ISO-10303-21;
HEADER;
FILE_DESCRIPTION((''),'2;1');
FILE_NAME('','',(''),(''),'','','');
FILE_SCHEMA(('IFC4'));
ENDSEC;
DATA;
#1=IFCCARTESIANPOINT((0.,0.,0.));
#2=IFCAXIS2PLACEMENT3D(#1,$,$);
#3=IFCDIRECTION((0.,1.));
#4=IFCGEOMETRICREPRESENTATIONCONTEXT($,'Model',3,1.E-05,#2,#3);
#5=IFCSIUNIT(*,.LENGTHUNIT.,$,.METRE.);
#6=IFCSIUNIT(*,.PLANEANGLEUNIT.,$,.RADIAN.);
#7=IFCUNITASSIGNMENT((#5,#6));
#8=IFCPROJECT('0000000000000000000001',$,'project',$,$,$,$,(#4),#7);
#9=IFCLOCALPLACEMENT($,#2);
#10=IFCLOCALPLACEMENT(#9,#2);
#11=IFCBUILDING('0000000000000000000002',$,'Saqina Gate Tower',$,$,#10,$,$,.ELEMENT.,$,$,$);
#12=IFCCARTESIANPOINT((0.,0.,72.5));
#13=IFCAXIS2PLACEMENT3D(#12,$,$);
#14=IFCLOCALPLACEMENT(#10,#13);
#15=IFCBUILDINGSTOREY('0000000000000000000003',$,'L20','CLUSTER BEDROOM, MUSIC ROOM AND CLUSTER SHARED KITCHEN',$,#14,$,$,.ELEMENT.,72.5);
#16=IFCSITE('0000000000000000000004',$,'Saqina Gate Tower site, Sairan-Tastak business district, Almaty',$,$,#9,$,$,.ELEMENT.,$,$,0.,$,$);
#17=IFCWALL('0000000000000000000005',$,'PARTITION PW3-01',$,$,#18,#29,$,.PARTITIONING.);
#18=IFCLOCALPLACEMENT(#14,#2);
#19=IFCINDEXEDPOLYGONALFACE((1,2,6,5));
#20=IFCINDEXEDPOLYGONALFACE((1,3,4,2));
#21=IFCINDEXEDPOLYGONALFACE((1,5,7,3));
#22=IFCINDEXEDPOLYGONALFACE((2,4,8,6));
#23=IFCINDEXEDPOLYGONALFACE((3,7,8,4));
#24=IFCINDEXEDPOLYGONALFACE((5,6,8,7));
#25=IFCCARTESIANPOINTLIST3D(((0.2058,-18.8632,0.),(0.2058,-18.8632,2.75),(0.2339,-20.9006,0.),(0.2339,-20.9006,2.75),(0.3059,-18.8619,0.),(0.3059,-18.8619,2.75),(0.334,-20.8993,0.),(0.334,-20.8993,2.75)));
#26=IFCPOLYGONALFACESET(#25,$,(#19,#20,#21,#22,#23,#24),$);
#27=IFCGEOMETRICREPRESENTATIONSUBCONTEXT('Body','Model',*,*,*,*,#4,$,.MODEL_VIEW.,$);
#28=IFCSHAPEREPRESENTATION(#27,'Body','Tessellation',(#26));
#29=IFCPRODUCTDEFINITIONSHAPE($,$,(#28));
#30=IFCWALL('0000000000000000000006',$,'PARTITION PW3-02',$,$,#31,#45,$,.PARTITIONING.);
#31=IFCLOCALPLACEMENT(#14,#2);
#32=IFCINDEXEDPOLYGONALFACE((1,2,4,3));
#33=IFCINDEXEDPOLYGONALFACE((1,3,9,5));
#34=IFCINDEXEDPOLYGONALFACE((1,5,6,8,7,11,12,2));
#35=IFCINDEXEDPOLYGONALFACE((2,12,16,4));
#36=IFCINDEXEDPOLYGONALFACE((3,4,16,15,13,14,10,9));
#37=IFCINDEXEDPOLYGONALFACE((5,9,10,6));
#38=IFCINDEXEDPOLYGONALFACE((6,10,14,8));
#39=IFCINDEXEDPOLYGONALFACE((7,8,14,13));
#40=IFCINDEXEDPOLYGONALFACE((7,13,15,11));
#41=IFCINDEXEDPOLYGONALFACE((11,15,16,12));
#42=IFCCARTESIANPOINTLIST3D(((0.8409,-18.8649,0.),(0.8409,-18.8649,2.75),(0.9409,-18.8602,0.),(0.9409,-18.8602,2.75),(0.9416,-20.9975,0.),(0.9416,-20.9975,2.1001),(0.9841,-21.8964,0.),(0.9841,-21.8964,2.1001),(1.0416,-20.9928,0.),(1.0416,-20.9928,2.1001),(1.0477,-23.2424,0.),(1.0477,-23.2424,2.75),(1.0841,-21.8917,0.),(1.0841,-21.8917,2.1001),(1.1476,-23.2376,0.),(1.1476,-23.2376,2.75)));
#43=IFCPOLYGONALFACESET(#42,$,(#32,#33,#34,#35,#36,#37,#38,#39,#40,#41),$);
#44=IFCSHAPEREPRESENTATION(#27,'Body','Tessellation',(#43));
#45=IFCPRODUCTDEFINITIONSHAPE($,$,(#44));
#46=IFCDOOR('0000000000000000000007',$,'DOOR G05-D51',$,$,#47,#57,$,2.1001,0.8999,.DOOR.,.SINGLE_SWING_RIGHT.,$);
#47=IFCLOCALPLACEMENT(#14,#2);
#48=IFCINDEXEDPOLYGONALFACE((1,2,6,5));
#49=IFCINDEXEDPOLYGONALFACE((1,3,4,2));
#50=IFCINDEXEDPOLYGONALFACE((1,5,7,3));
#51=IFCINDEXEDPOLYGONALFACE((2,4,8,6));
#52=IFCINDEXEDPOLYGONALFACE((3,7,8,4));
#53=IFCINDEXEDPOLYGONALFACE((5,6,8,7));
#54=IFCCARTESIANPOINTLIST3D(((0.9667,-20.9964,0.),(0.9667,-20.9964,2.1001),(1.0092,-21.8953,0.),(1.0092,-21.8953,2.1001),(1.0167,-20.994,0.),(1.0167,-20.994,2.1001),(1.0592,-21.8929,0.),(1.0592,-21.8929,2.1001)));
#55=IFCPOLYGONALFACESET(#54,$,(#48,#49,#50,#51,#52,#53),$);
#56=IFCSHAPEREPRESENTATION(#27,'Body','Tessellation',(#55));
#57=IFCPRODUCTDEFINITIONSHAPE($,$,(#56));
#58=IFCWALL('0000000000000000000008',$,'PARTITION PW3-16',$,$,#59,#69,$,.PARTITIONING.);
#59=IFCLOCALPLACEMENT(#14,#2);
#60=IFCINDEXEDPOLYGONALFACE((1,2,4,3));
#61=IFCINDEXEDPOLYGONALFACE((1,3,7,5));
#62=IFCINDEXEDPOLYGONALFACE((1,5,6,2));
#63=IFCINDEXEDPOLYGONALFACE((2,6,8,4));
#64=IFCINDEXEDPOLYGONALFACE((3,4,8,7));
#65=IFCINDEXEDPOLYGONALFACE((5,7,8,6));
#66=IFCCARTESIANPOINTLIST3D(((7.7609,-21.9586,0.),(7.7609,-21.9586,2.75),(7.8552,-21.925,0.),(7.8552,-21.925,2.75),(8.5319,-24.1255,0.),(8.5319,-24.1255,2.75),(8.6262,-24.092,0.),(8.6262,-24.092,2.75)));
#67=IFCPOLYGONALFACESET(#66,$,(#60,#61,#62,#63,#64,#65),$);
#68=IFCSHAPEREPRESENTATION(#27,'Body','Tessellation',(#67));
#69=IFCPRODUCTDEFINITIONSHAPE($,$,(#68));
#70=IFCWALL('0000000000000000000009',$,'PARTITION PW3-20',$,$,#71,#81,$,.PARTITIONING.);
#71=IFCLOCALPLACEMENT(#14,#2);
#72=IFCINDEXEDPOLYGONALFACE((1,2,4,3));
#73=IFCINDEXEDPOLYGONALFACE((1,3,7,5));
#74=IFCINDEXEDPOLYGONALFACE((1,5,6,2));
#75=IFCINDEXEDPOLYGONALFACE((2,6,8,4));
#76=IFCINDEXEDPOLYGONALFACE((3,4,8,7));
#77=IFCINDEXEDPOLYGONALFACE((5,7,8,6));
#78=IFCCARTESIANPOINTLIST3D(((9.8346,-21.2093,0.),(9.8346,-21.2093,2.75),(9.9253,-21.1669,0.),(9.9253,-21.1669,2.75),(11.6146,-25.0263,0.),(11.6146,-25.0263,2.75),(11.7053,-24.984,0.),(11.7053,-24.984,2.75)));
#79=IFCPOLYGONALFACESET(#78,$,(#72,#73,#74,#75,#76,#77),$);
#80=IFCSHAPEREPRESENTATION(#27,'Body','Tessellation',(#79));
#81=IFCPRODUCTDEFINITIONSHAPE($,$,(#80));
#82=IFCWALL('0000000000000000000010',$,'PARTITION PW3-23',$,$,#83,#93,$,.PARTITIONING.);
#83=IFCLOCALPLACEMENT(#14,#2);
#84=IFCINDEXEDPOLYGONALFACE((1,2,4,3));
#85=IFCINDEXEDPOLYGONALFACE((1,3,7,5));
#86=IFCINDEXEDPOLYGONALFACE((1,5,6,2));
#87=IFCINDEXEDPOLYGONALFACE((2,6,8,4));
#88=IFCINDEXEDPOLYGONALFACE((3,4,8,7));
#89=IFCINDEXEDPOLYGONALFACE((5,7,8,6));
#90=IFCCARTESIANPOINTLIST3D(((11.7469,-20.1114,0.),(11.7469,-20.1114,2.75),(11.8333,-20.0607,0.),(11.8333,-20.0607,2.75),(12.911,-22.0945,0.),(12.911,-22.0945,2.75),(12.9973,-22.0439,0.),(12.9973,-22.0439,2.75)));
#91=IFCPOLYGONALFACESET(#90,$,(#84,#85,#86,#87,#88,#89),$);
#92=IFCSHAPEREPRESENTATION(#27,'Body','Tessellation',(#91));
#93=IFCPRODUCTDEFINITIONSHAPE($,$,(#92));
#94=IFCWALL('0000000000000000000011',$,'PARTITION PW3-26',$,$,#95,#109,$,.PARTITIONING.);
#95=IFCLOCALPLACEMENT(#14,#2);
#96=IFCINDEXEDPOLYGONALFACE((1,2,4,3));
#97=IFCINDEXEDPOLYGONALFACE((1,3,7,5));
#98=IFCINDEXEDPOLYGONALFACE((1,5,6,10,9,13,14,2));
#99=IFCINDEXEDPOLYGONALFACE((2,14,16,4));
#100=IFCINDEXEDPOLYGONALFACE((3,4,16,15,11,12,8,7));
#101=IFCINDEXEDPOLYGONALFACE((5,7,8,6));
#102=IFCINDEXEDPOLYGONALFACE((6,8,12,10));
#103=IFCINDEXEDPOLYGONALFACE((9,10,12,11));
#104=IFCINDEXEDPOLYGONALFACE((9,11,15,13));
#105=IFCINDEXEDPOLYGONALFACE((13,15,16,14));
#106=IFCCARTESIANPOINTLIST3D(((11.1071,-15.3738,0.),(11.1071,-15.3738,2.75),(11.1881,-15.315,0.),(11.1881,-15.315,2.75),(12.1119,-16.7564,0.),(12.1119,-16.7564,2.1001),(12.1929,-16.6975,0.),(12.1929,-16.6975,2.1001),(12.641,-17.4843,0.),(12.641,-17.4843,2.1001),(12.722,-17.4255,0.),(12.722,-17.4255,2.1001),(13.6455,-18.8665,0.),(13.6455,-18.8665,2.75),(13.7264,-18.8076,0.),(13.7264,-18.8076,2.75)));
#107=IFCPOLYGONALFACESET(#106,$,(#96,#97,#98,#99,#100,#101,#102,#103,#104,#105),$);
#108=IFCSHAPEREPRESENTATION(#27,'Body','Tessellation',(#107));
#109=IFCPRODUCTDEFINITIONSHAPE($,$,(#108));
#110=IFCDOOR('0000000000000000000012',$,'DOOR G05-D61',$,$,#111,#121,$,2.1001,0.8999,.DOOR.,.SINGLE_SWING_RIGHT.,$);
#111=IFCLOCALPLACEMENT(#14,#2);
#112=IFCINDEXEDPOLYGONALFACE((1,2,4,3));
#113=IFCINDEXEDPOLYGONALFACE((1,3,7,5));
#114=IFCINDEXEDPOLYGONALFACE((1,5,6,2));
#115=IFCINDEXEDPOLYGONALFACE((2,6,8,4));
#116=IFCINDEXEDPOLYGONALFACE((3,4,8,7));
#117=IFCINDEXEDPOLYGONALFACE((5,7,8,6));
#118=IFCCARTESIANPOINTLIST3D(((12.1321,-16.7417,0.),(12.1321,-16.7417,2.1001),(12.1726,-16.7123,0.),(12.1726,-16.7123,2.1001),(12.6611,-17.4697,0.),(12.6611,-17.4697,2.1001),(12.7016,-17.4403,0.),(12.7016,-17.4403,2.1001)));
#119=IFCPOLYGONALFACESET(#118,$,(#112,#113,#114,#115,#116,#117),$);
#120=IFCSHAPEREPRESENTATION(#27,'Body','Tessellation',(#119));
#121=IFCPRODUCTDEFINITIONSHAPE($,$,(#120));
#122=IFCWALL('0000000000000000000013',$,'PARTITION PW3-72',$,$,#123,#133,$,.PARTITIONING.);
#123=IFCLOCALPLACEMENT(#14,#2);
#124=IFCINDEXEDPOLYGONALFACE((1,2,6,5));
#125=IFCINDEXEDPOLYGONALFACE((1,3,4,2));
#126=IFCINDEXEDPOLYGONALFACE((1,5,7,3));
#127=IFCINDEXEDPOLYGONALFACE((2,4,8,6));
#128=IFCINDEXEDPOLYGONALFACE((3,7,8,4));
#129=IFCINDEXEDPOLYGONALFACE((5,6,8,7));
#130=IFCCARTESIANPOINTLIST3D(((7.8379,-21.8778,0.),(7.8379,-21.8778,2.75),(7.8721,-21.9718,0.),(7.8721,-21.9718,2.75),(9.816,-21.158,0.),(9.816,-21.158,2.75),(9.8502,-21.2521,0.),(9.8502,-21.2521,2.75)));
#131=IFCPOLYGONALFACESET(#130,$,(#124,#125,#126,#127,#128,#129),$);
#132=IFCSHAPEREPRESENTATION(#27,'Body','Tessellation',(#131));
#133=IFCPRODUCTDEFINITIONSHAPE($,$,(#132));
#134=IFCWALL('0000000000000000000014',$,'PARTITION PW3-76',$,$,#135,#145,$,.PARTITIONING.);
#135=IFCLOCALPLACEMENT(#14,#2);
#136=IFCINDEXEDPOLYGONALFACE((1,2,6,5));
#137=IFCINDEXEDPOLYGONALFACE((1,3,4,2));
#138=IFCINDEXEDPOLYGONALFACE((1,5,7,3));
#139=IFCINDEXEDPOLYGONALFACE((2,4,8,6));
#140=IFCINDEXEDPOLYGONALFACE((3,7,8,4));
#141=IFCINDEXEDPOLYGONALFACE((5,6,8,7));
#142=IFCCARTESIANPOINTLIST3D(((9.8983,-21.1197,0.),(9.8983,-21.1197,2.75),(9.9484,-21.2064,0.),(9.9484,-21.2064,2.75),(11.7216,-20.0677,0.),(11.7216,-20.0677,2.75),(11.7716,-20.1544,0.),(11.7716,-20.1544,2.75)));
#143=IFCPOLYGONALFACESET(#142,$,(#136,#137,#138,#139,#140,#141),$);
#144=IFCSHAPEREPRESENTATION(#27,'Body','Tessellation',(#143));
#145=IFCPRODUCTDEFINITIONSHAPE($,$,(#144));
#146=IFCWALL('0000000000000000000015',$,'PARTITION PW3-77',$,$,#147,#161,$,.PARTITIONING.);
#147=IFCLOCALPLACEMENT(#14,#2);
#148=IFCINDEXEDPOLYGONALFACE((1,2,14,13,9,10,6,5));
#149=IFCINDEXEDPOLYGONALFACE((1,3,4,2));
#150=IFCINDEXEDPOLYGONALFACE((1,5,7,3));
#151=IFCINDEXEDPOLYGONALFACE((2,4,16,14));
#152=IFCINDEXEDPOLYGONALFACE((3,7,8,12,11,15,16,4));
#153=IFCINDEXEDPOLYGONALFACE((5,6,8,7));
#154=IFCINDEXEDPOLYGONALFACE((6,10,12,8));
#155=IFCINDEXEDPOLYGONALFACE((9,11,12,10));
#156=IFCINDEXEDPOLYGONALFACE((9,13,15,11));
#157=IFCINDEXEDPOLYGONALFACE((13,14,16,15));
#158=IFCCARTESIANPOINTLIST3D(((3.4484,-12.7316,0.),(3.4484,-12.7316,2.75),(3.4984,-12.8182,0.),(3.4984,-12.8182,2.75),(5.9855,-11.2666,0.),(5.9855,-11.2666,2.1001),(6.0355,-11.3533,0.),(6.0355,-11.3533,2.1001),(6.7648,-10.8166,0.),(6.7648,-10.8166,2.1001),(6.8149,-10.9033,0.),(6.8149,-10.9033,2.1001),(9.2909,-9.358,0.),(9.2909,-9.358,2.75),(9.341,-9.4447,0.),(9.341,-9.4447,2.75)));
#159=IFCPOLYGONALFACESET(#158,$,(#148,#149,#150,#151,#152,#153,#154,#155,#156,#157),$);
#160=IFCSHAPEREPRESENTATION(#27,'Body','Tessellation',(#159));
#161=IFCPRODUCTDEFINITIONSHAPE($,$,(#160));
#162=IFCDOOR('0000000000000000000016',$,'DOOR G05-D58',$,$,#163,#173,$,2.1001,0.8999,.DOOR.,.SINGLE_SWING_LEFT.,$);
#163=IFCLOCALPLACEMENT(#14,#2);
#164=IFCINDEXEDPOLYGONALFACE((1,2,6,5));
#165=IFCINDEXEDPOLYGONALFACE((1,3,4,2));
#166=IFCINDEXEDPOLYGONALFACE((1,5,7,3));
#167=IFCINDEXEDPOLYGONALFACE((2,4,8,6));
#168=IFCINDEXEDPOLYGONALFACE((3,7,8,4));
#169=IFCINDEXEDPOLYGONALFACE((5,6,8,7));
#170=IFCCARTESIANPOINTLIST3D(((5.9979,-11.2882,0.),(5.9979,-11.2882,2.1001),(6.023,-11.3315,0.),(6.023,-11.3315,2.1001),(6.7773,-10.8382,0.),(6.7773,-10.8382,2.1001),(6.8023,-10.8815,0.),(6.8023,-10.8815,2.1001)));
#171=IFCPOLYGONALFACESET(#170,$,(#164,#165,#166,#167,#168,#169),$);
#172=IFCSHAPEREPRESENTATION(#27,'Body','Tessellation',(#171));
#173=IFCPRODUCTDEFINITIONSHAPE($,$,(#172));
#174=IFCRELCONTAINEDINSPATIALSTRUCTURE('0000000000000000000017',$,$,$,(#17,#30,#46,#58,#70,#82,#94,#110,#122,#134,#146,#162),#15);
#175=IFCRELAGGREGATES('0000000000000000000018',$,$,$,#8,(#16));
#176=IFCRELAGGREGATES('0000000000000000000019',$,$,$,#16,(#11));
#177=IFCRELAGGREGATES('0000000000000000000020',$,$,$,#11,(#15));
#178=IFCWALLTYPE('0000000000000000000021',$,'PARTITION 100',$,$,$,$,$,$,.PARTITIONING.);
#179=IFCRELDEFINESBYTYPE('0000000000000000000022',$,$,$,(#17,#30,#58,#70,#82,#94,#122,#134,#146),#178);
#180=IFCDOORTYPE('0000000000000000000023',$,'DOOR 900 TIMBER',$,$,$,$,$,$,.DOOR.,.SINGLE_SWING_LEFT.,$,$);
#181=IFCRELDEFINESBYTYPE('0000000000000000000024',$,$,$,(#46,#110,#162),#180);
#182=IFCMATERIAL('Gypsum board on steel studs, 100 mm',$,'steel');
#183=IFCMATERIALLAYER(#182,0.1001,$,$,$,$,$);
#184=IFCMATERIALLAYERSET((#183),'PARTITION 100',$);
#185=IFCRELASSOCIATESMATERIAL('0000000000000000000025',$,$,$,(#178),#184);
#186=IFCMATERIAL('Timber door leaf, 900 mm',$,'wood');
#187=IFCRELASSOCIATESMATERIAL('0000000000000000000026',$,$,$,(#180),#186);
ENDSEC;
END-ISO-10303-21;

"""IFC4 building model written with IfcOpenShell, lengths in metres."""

from ifc_helpers import new_model, si_unit, direction, frame, frame_2d, origin, place, context, subcontext, project, spatial, rectangle, extrude, material, layer, layer_set, type_object, element, fill, save


model = new_model("IFC4")

# Units and contexts
model_context = context("Model", 3, precision=1e-05, world=origin(), true_north=direction((0.0, 1.0)))
body_context = subcontext(model_context, "Body", "Model", "MODEL_VIEW")
ifc_project = project(units=[si_unit("LENGTHUNIT", "METRE"), si_unit("PLANEANGLEUNIT", "RADIAN")], contexts=[model_context])

# Site, building, storey
site_placement = place(None, origin())
site = spatial("IfcSite", under=ifc_project, at=site_placement, Name="Saqina Gate Tower site, Sairan-Tastak business district, Almaty", CompositionType="ELEMENT", RefElevation=0.0)
building_placement = place(site_placement, origin())
building = spatial("IfcBuilding", under=site, at=building_placement, Name="Saqina Gate Tower", CompositionType="ELEMENT")
storey_placement = place(building_placement, frame((0.0, 0.0, 72.5)))
storey = spatial("IfcBuildingStorey", under=building, at=storey_placement, Name="L20", Description="CLUSTER BEDROOM, MUSIC ROOM AND CLUSTER SHARED KITCHEN", CompositionType="ELEMENT", Elevation=72.5)

# Wall
ifc_material_1 = material(Name="Gypsum board on steel studs, 100 mm", Category="steel")
ifc_layer_1 = layer(ifc_material_1, 0.1001)
ifc_layer_set_1 = layer_set([ifc_layer_1], Name="PARTITION 100")
wall_type_1 = type_object("IfcWallType", Name="PARTITION 100", PredefinedType="PARTITIONING", material=ifc_layer_set_1)
wall_1_placement = place(storey_placement, frame((0.2559, -18.8625, 0.0), z_axis=(0.0, 0.0, 1.0), x_axis=(0.013779, -0.999905, 0.0)))
element("IfcWall", 1, at=wall_1_placement, inside=storey, type_object=wall_type_1, Name="PARTITION PW3-01", PredefinedType="PARTITIONING", context=body_context, shape_type="SweptSolid", body=[
    extrude(rectangle(XDim=2.0376, YDim=0.1001, at=frame_2d((1.0188, 0.0))), origin(), (0.0, 0.0, 1.0), 2.75),
])

# Wall, opening, door
wall_2_placement = place(storey_placement, frame((0.8909, -18.8625, 0.0), z_axis=(0.0, 0.0, 1.0), x_axis=(0.047187, -0.998886, 0.0)))
wall_2 = element("IfcWall", 2, at=wall_2_placement, inside=storey, type_object=wall_type_1, Name="PARTITION PW3-02", PredefinedType="PARTITIONING", context=body_context, shape_type="SweptSolid", body=[
    extrude(rectangle(XDim=4.3823, YDim=0.1001, at=frame_2d((2.1912, 0.0))), origin(), (0.0, 0.0, 1.0), 2.75),
])
opening_1_placement = place(wall_2_placement, frame((2.135, 0.0, 0.0)))
opening_1 = element("IfcOpeningElement", 3, at=opening_1_placement, cuts=wall_2, PredefinedType="OPENING", context=body_context, shape_type="SweptSolid", body=[
    extrude(rectangle(XDim=0.8999, YDim=2.1001, at=frame_2d((0.45, 1.05))), frame((0.0, 0.062, 0.0), z_axis=(0.0, -1.0, 0.0), x_axis=(1.0, 0.0, 0.0)), (0.0, 0.0, 1.0), 0.124),
])
ifc_material_2 = material(Name="Timber door leaf, 900 mm", Category="wood")
door_type_1 = type_object("IfcDoorType", Name="DOOR 900 TIMBER", OperationType="SINGLE_SWING_LEFT", PredefinedType="DOOR", material=ifc_material_2)
door_1_placement = place(opening_1_placement, frame((0.8999, 0.0, 0.0), z_axis=(0.0, 0.0, 1.0), x_axis=(-1.0, 0.0, 0.0)))
door_1 = element("IfcDoor", 4, at=door_1_placement, inside=storey, type_object=door_type_1, Name="DOOR G05-D51", OperationType="SINGLE_SWING_RIGHT", OverallHeight=2.1001, OverallWidth=0.8999, PredefinedType="DOOR", context=body_context, shape_type="SweptSolid", body=[
    extrude(rectangle(XDim=0.8999, YDim=2.1001, at=frame_2d((0.45, 1.05))), frame((0.0, 0.0249, 0.0), z_axis=(0.0, -1.0, 0.0), x_axis=(1.0, 0.0, 0.0)), (0.0, 0.0, 1.0), 0.05),
])
fill(opening_1, door_1)

# Walls
wall_3_placement = place(storey_placement, frame((7.8081, -21.9419, 0.0), z_axis=(0.0, 0.0, 1.0), x_axis=(0.335207, -0.942145, 0.0)))
element("IfcWall", 5, at=wall_3_placement, inside=storey, type_object=wall_type_1, Name="PARTITION PW3-16", PredefinedType="PARTITIONING", context=body_context, shape_type="SweptSolid", body=[
    extrude(rectangle(XDim=2.3, YDim=0.1001, at=frame_2d((1.1499, 0.0))), origin(), (0.0, 0.0, 1.0), 2.75),
])
wall_4_placement = place(storey_placement, frame((9.8799, -21.188, 0.0), z_axis=(0.0, 0.0, 1.0), x_axis=(0.422632, -0.906302, 0.0)))
element("IfcWall", 6, at=wall_4_placement, inside=storey, type_object=wall_type_1, Name="PARTITION PW3-20", PredefinedType="PARTITIONING", context=body_context, shape_type="SweptSolid", body=[
    extrude(rectangle(XDim=4.2117, YDim=0.1001, at=frame_2d((2.106, 0.0))), origin(), (0.0, 0.0, 1.0), 2.75),
])
wall_5_placement = place(storey_placement, frame((11.79, -20.0859, 0.0), z_axis=(0.0, 0.0, 1.0), x_axis=(0.506213, -0.862409, 0.0)))
element("IfcWall", 7, at=wall_5_placement, inside=storey, type_object=wall_type_1, Name="PARTITION PW3-23", PredefinedType="PARTITIONING", context=body_context, shape_type="SweptSolid", body=[
    extrude(rectangle(XDim=2.2996, YDim=0.1001, at=frame_2d((1.1499, 0.0))), origin(), (0.0, 0.0, 1.0), 2.75),
])

# Wall, opening, door
wall_6_placement = place(storey_placement, frame((11.1477, -15.3445, 0.0), z_axis=(0.0, 0.0, 1.0), x_axis=(0.587899, -0.808934, 0.0)))
wall_6 = element("IfcWall", 8, at=wall_6_placement, inside=storey, type_object=wall_type_1, Name="PARTITION PW3-26", PredefinedType="PARTITIONING", context=body_context, shape_type="SweptSolid", body=[
    extrude(rectangle(XDim=4.3176, YDim=0.1001, at=frame_2d((2.1587, 0.0))), origin(), (0.0, 0.0, 1.0), 2.75),
])
opening_2_placement = place(wall_6_placement, frame((1.709, 0.0, 0.0)))
opening_2 = element("IfcOpeningElement", 9, at=opening_2_placement, cuts=wall_6, PredefinedType="OPENING", context=body_context, shape_type="SweptSolid", body=[
    extrude(rectangle(XDim=0.8999, YDim=2.1001, at=frame_2d((0.45, 1.05))), frame((0.0, 0.062, 0.0), z_axis=(0.0, -1.0, 0.0), x_axis=(1.0, 0.0, 0.0)), (0.0, 0.0, 1.0), 0.124),
])
door_2_placement = place(opening_2_placement, origin())
door_2 = element("IfcDoor", 10, at=door_2_placement, inside=storey, type_object=door_type_1, Name="DOOR G05-D61", OperationType="SINGLE_SWING_RIGHT", OverallHeight=2.1001, OverallWidth=0.8999, PredefinedType="DOOR", context=body_context, shape_type="SweptSolid", body=[
    extrude(rectangle(XDim=0.8999, YDim=2.1001, at=frame_2d((0.45, 1.05))), frame((0.0, 0.0249, 0.0), z_axis=(0.0, -1.0, 0.0), x_axis=(1.0, 0.0, 0.0)), (0.0, 0.0, 1.0), 0.05),
])
fill(opening_2, door_2)

# Walls
for number, where, z_axis, x_axis, name in (
    (11, (7.855, -21.9248, 0.0), (0.0, 0.0, 1.0), (0.939726, 0.341929, 0.0), "PARTITION PW3-72"),
    (12, (9.9233, -21.1631, 0.0), (0.0, 0.0, 1.0), (0.866159, 0.499769, 0.0), "PARTITION PW3-76"),
):
    element("IfcWall", number, at=place(storey_placement, frame(where, z_axis=z_axis, x_axis=x_axis)), inside=storey, type_object=wall_type_1, Name=name, PredefinedType="PARTITIONING", context=body_context, shape_type="SweptSolid", body=[
        extrude(rectangle(XDim=2.105, YDim=0.1001, at=frame_2d((1.0525, 0.0))), origin(), (0.0, 0.0, 1.0), 2.75),
    ])

# Wall, opening, door
wall_7_placement = place(storey_placement, frame((3.4734, -12.7749, 0.0), z_axis=(0.0, 0.0, 1.0), x_axis=(0.866003, 0.500039, 0.0)))
wall_7 = element("IfcWall", 13, at=wall_7_placement, inside=storey, type_object=wall_type_1, Name="PARTITION PW3-77", PredefinedType="PARTITIONING", context=body_context, shape_type="SweptSolid", body=[
    extrude(rectangle(XDim=6.7466, YDim=0.1001, at=frame_2d((3.3733, 0.0))), origin(), (0.0, 0.0, 1.0), 2.75),
])
opening_3_placement = place(wall_7_placement, frame((2.9297, 0.0, 0.0)))
opening_3 = element("IfcOpeningElement", 14, at=opening_3_placement, cuts=wall_7, PredefinedType="OPENING", context=body_context, shape_type="SweptSolid", body=[
    extrude(rectangle(XDim=0.8999, YDim=2.1001, at=frame_2d((0.45, 1.05))), frame((0.0, 0.062, 0.0), z_axis=(0.0, -1.0, 0.0), x_axis=(1.0, 0.0, 0.0)), (0.0, 0.0, 1.0), 0.124),
])
door_3_placement = place(opening_3_placement, frame((0.8999, 0.0, 0.0), z_axis=(0.0, 0.0, 1.0), x_axis=(-1.0, 0.0, 0.0)))
door_3 = element("IfcDoor", 15, at=door_3_placement, inside=storey, type_object=door_type_1, Name="DOOR G05-D58", OperationType="SINGLE_SWING_LEFT", OverallHeight=2.1001, OverallWidth=0.8999, PredefinedType="DOOR", context=body_context, shape_type="SweptSolid", body=[
    extrude(rectangle(XDim=0.8999, YDim=2.1001, at=frame_2d((0.45, 1.05))), frame((0.0, 0.0249, 0.0), z_axis=(0.0, -1.0, 0.0), x_axis=(1.0, 0.0, 0.0)), (0.0, 0.0, 1.0), 0.05),
])
fill(opening_3, door_3)

save(model, "model.ifc")
